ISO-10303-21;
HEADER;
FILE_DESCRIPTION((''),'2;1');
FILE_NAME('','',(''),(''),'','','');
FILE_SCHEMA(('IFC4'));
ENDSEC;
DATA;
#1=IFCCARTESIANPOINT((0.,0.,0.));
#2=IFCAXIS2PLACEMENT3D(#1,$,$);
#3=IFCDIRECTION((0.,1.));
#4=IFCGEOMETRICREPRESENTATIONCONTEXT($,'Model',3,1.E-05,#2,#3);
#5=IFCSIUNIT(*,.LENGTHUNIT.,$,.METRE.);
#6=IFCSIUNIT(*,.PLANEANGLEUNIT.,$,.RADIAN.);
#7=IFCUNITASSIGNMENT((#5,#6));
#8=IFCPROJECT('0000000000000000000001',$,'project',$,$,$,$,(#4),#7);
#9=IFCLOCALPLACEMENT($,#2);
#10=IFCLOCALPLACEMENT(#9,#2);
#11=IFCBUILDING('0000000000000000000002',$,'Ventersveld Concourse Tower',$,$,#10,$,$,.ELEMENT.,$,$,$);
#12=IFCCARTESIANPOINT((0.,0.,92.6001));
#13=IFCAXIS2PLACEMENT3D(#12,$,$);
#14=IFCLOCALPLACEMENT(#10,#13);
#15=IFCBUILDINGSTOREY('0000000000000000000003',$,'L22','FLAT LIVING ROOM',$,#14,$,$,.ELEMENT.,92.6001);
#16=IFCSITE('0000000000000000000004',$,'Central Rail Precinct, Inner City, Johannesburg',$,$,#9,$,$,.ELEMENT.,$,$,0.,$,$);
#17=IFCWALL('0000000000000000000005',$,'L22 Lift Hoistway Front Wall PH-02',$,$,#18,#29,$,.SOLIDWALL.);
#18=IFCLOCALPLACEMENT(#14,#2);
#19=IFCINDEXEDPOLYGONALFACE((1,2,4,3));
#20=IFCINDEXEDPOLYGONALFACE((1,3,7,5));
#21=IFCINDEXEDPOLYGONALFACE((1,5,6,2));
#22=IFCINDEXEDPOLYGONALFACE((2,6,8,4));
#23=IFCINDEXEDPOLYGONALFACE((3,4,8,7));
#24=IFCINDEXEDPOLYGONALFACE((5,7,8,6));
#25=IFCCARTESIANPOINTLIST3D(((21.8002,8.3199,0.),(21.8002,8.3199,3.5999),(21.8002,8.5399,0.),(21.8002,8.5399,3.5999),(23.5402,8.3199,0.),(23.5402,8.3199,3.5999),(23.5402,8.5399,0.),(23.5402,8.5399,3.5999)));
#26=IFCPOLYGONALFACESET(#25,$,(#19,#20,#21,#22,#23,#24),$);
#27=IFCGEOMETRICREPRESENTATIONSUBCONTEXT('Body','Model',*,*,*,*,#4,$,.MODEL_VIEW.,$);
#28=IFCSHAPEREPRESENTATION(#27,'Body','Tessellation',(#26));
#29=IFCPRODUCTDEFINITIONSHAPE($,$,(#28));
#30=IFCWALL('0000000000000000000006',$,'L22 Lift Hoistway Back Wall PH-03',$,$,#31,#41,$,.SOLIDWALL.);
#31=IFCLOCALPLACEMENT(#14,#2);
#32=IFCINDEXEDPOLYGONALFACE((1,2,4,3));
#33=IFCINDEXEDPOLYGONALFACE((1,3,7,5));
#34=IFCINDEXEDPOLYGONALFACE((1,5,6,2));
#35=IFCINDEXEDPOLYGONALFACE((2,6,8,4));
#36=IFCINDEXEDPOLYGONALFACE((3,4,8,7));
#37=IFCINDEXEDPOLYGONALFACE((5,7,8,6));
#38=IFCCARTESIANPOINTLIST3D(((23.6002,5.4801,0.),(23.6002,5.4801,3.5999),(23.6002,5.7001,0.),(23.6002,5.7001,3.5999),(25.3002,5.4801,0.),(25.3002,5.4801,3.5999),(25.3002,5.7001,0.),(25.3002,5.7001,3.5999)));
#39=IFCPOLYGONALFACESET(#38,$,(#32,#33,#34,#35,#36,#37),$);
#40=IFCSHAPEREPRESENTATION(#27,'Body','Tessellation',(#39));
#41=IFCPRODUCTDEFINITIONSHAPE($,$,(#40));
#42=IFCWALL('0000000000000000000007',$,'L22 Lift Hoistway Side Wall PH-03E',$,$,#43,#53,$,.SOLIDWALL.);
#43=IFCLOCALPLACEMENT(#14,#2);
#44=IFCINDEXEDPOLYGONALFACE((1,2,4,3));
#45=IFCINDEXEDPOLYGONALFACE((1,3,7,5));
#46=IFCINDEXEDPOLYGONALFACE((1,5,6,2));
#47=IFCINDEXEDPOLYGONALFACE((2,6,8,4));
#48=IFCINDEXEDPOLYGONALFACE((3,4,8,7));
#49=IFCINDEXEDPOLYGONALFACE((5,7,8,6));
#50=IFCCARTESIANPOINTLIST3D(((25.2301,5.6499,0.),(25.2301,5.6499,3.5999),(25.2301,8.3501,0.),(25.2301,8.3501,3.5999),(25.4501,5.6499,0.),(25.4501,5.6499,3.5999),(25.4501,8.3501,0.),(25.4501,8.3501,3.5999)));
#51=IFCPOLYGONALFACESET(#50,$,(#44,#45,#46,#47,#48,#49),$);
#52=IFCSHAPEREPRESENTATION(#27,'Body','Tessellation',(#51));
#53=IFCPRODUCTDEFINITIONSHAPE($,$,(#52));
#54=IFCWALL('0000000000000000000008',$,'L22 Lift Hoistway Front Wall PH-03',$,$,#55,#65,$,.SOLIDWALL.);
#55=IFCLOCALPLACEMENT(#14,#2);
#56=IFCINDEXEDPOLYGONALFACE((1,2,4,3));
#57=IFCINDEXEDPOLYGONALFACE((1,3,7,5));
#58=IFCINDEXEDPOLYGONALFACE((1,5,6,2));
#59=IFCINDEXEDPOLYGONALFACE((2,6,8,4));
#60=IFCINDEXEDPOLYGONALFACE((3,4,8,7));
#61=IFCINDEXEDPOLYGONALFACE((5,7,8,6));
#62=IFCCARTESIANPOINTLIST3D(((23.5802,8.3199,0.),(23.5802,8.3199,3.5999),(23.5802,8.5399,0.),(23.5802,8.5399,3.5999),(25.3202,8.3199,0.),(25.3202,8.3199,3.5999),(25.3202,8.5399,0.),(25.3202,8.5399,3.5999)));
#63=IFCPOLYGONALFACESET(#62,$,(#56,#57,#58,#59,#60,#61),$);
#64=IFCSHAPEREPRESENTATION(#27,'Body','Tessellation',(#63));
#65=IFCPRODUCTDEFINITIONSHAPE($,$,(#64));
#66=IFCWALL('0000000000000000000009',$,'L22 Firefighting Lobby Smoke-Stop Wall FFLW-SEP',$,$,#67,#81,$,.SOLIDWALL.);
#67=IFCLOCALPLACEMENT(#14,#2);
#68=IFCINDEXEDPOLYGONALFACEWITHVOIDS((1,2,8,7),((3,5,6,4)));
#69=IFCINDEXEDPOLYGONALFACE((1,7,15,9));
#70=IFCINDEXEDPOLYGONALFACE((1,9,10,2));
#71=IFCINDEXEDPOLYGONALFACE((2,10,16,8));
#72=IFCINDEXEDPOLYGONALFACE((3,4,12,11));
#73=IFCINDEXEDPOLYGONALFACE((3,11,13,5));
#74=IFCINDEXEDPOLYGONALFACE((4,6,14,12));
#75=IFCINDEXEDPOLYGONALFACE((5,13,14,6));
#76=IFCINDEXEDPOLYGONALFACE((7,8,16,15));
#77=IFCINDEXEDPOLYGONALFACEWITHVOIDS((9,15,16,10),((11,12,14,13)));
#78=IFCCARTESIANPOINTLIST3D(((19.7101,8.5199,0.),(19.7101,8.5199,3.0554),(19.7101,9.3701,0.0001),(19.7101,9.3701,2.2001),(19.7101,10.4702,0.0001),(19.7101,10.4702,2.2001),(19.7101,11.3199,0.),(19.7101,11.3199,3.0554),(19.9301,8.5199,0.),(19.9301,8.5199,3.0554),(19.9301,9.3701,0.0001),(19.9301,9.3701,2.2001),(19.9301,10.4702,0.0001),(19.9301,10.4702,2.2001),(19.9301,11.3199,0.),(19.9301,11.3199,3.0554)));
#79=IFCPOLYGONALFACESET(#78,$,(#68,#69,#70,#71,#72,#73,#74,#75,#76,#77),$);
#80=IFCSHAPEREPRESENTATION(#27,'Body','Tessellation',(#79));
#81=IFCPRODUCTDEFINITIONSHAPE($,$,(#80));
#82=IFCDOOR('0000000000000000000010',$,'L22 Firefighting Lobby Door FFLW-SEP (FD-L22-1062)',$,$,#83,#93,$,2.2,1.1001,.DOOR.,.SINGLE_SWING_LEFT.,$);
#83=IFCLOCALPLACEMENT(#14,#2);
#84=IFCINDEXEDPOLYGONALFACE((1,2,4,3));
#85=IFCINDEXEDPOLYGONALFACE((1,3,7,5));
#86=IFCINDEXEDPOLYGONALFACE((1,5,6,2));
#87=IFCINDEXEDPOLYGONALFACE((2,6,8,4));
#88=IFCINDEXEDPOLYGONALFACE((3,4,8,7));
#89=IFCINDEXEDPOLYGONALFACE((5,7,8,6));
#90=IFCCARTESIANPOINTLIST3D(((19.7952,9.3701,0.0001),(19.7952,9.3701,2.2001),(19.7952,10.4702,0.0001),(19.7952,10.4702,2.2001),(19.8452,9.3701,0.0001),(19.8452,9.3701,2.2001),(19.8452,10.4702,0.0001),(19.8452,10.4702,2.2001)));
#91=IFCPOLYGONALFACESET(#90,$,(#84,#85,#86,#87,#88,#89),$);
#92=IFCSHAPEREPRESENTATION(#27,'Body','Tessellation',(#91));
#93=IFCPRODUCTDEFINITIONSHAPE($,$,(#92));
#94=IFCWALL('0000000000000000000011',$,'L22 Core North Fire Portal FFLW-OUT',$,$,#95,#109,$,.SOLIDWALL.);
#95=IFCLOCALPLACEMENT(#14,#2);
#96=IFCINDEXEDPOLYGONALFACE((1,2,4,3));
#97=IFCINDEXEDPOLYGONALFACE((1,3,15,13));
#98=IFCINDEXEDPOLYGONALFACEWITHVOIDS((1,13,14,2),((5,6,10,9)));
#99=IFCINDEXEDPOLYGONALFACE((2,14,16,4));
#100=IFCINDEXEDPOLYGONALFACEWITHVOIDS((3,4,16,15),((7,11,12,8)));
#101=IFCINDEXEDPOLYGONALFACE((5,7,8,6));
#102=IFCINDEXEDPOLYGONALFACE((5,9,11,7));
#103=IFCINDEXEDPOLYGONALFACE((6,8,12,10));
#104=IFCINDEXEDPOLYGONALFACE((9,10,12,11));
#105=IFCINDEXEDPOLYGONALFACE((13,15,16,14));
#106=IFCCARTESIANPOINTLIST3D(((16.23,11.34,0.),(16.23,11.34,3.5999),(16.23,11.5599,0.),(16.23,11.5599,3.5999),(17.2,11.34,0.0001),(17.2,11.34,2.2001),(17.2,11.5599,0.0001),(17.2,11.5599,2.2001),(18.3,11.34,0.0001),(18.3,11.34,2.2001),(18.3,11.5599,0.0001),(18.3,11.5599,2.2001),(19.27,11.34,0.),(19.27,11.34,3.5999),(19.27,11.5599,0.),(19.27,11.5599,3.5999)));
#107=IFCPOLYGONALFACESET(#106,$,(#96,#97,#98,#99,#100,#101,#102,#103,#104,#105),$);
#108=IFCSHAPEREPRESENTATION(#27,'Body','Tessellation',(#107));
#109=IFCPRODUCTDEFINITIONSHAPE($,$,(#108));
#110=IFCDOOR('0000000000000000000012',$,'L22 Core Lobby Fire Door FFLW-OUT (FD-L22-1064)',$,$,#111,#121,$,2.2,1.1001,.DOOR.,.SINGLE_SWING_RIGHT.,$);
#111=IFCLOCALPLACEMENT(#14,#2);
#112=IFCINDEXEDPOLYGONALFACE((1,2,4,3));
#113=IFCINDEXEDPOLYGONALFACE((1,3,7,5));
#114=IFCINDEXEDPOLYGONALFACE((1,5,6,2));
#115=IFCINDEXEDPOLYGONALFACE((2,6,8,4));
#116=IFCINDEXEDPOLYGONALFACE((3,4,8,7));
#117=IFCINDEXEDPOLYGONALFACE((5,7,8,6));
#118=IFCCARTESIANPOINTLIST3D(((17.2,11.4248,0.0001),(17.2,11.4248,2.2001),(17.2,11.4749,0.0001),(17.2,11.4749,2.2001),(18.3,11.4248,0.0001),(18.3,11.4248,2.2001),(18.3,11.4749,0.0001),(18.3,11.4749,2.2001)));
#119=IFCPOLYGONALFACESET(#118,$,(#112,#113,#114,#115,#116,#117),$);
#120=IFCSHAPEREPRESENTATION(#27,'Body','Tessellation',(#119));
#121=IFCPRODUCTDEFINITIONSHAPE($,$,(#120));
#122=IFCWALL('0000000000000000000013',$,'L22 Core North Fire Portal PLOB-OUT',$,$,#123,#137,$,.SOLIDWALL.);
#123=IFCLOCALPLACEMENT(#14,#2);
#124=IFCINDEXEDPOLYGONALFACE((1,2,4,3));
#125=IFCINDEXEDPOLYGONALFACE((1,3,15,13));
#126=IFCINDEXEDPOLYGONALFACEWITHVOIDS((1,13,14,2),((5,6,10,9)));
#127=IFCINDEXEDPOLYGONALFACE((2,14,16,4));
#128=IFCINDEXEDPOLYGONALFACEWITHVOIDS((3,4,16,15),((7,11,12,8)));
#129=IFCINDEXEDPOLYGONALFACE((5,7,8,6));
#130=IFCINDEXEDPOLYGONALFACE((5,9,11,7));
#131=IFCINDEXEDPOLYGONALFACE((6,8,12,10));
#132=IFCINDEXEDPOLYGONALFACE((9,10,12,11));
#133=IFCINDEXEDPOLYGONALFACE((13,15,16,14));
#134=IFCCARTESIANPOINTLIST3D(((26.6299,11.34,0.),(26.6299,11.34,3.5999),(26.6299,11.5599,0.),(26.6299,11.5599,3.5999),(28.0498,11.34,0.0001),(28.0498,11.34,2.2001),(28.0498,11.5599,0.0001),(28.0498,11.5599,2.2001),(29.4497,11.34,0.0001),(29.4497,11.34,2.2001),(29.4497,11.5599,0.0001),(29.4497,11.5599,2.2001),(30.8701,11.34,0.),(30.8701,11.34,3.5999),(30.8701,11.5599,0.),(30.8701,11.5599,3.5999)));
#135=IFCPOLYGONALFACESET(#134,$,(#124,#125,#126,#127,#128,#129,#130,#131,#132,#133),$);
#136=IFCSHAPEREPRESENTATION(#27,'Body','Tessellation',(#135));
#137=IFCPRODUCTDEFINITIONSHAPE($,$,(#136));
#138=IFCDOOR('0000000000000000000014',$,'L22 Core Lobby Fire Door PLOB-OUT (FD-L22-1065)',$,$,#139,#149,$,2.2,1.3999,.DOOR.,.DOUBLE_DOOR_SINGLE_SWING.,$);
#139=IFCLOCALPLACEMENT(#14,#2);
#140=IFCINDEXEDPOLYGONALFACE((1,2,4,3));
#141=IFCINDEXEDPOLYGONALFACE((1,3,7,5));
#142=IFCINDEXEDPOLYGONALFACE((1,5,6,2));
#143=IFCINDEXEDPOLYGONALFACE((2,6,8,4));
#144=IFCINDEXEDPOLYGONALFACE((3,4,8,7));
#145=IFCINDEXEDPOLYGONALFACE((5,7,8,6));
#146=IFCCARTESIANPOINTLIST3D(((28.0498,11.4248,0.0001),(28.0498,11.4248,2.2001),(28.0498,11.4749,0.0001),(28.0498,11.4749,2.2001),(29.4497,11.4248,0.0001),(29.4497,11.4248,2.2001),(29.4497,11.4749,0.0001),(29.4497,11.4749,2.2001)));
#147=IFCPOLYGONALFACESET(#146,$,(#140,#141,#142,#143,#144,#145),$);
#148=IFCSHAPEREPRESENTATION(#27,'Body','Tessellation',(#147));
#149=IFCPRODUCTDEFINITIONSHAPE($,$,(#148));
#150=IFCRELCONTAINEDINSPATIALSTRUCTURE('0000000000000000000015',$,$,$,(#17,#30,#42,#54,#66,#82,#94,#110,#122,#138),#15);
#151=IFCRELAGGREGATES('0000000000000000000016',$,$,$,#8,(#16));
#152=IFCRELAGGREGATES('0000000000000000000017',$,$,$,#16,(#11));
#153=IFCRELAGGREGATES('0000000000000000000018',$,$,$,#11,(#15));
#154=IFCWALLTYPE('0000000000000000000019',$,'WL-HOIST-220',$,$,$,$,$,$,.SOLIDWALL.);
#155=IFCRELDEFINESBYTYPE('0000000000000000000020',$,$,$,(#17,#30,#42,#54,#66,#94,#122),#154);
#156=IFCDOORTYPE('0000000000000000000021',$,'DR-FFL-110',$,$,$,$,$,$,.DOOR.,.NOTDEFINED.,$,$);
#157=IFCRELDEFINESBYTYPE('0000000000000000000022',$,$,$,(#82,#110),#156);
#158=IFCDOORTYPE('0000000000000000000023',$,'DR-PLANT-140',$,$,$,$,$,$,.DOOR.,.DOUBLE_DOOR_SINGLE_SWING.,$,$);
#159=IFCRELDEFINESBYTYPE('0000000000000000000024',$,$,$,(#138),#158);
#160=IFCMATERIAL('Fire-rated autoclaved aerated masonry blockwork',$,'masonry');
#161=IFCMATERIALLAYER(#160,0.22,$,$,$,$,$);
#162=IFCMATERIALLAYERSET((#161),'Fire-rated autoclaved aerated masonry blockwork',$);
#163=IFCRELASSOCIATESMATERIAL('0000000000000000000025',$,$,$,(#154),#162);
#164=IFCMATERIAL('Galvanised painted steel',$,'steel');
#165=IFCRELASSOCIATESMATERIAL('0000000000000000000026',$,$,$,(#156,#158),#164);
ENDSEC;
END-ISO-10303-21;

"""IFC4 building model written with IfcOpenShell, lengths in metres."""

from ifc_helpers import new_model, si_unit, direction, frame, frame_2d, origin, place, context, subcontext, project, spatial, rectangle, extrude, material, layer, layer_set, type_object, element, fill, save


model = new_model("IFC4")

# Units and contexts
model_context = context("Model", 3, precision=1e-05, world=origin(), true_north=direction((0.0, 1.0)))
body_context = subcontext(model_context, "Body", "Model", "MODEL_VIEW")
ifc_project = project(units=[si_unit("LENGTHUNIT", "METRE"), si_unit("PLANEANGLEUNIT", "RADIAN")], contexts=[model_context])

# Site, building, storey
site_placement = place(None, origin())
site = spatial("IfcSite", under=ifc_project, at=site_placement, Name="Central Rail Precinct, Inner City, Johannesburg", CompositionType="ELEMENT", RefElevation=0.0)
building_placement = place(site_placement, origin())
building = spatial("IfcBuilding", under=site, at=building_placement, Name="Ventersveld Concourse Tower", CompositionType="ELEMENT")
storey_placement = place(building_placement, frame((0.0, 0.0, 92.6001)))
storey = spatial("IfcBuildingStorey", under=building, at=storey_placement, Name="L22", Description="FLAT LIVING ROOM", CompositionType="ELEMENT", Elevation=92.6001)

# Shared definitions
ifc_material_1 = material(Name="Fire-rated autoclaved aerated masonry blockwork", Category="masonry")
ifc_layer_1 = layer(ifc_material_1, 0.22)
ifc_layer_set_1 = layer_set([ifc_layer_1], Name="Fire-rated autoclaved aerated masonry blockwork")
wall_type_1 = type_object("IfcWallType", Name="WL-HOIST-220", PredefinedType="SOLIDWALL", material=ifc_layer_set_1)

# Walls
wall_1_placement = place(storey_placement, frame((21.8, 8.4299, 0.0), z_axis=(0.0, 0.0, 1.0), x_axis=(1.0, 0.0, 0.0)))
element("IfcWall", 1, at=wall_1_placement, inside=storey, type_object=wall_type_1, Name="L22 Lift Hoistway Front Wall PH-02", PredefinedType="SOLIDWALL", context=body_context, shape_type="SweptSolid", body=[
    extrude(rectangle(XDim=1.74, YDim=0.22, at=frame_2d((0.8701, 0.0))), origin(), (0.0, 0.0, 1.0), 3.5999),
])
wall_2_placement = place(storey_placement, frame((23.6001, 5.5901, 0.0), z_axis=(0.0, 0.0, 1.0), x_axis=(1.0, 0.0, 0.0)))
element("IfcWall", 2, at=wall_2_placement, inside=storey, type_object=wall_type_1, Name="L22 Lift Hoistway Back Wall PH-03", PredefinedType="SOLIDWALL", context=body_context, shape_type="SweptSolid", body=[
    extrude(rectangle(XDim=1.7, YDim=0.22, at=frame_2d((0.8501, 0.0))), origin(), (0.0, 0.0, 1.0), 3.5999),
])
wall_3_placement = place(storey_placement, frame((25.3401, 5.6499, 0.0), z_axis=(0.0, 0.0, 1.0), x_axis=(0.0, 1.0, 0.0)))
element("IfcWall", 3, at=wall_3_placement, inside=storey, type_object=wall_type_1, Name="L22 Lift Hoistway Side Wall PH-03E", PredefinedType="SOLIDWALL", context=body_context, shape_type="SweptSolid", body=[
    extrude(rectangle(XDim=2.7002, YDim=0.22, at=frame_2d((1.3501, 0.0))), origin(), (0.0, 0.0, 1.0), 3.5999),
])
wall_4_placement = place(storey_placement, frame((23.5801, 8.4299, 0.0), z_axis=(0.0, 0.0, 1.0), x_axis=(1.0, 0.0, 0.0)))
element("IfcWall", 4, at=wall_4_placement, inside=storey, type_object=wall_type_1, Name="L22 Lift Hoistway Front Wall PH-03", PredefinedType="SOLIDWALL", context=body_context, shape_type="SweptSolid", body=[
    extrude(rectangle(XDim=1.74, YDim=0.22, at=frame_2d((0.8701, 0.0))), origin(), (0.0, 0.0, 1.0), 3.5999),
])

# Walls, openings, doors
wall_5_placement = place(storey_placement, frame((19.8201, 8.52, 0.0), z_axis=(0.0, 0.0, 1.0), x_axis=(0.0, 1.0, 0.0)))
wall_5 = element("IfcWall", 5, at=wall_5_placement, inside=storey, type_object=wall_type_1, Name="L22 Firefighting Lobby Smoke-Stop Wall FFLW-SEP", PredefinedType="SOLIDWALL", context=body_context, shape_type="SweptSolid", body=[
    extrude(rectangle(XDim=2.8, YDim=0.22, at=frame_2d((1.3999, 0.0))), origin(), (0.0, 0.0, 1.0), 3.0554),
])
opening_1_placement = place(wall_5_placement, frame((0.8501, 0.0, 0.0)))
opening_1 = element("IfcOpeningElement", 6, at=opening_1_placement, cuts=wall_5, PredefinedType="OPENING", context=body_context, shape_type="SweptSolid", body=[
    extrude(rectangle(XDim=1.1001, YDim=2.2, at=frame_2d((0.55, 1.1001))), frame((0.0, 0.1201, 0.0), z_axis=(0.0, -1.0, 0.0), x_axis=(1.0, 0.0, 0.0)), (0.0, 0.0, 1.0), 0.24),
])
ifc_material_2 = material(Name="Galvanised painted steel", Category="steel")
door_type_1 = type_object("IfcDoorType", Name="DR-FFL-110", OperationType="NOTDEFINED", PredefinedType="DOOR", material=ifc_material_2)
door_1_placement = place(opening_1_placement, origin())
door_1 = element("IfcDoor", 7, at=door_1_placement, inside=storey, type_object=door_type_1, Name="L22 Firefighting Lobby Door FFLW-SEP (FD-L22-1062)", OperationType="SINGLE_SWING_LEFT", OverallHeight=2.2, OverallWidth=1.1001, PredefinedType="DOOR", context=body_context, shape_type="SweptSolid", body=[
    extrude(rectangle(XDim=1.1001, YDim=2.2, at=frame_2d((0.55, 1.1001))), frame((0.0, 0.0249, 0.0), z_axis=(0.0, -1.0, 0.0), x_axis=(1.0, 0.0, 0.0)), (0.0, 0.0, 1.0), 0.05),
])
fill(opening_1, door_1)
wall_6_placement = place(storey_placement, frame((16.23, 11.45, 0.0), z_axis=(0.0, 0.0, 1.0), x_axis=(1.0, 0.0, 0.0)))
wall_6 = element("IfcWall", 8, at=wall_6_placement, inside=storey, type_object=wall_type_1, Name="L22 Core North Fire Portal FFLW-OUT", PredefinedType="SOLIDWALL", context=body_context, shape_type="SweptSolid", body=[
    extrude(rectangle(XDim=3.04, YDim=0.22, at=frame_2d((1.52, 0.0))), origin(), (0.0, 0.0, 1.0), 3.5999),
])
opening_2_placement = place(wall_6_placement, frame((0.97, 0.0, 0.0)))
opening_2 = element("IfcOpeningElement", 9, at=opening_2_placement, cuts=wall_6, PredefinedType="OPENING", context=body_context, shape_type="SweptSolid", body=[
    extrude(rectangle(XDim=1.1001, YDim=2.2, at=frame_2d((0.55, 1.1001))), frame((0.0, 0.1201, 0.0), z_axis=(0.0, -1.0, 0.0), x_axis=(1.0, 0.0, 0.0)), (0.0, 0.0, 1.0), 0.24),
])
door_2_placement = place(opening_2_placement, origin())
door_2 = element("IfcDoor", 10, at=door_2_placement, inside=storey, type_object=door_type_1, Name="L22 Core Lobby Fire Door FFLW-OUT (FD-L22-1064)", OperationType="SINGLE_SWING_RIGHT", OverallHeight=2.2, OverallWidth=1.1001, PredefinedType="DOOR", context=body_context, shape_type="SweptSolid", body=[
    extrude(rectangle(XDim=1.1001, YDim=2.2, at=frame_2d((0.55, 1.1001))), frame((0.0, 0.0249, 0.0), z_axis=(0.0, -1.0, 0.0), x_axis=(1.0, 0.0, 0.0)), (0.0, 0.0, 1.0), 0.05),
])
fill(opening_2, door_2)
wall_7_placement = place(storey_placement, frame((26.6299, 11.45, 0.0), z_axis=(0.0, 0.0, 1.0), x_axis=(1.0, 0.0, 0.0)))
wall_7 = element("IfcWall", 11, at=wall_7_placement, inside=storey, type_object=wall_type_1, Name="L22 Core North Fire Portal PLOB-OUT", PredefinedType="SOLIDWALL", context=body_context, shape_type="SweptSolid", body=[
    extrude(rectangle(XDim=4.2402, YDim=0.22, at=frame_2d((2.1201, 0.0))), origin(), (0.0, 0.0, 1.0), 3.5999),
])
opening_3_placement = place(wall_7_placement, frame((1.4199, 0.0, 0.0)))
opening_3 = element("IfcOpeningElement", 12, at=opening_3_placement, cuts=wall_7, PredefinedType="OPENING", context=body_context, shape_type="SweptSolid", body=[
    extrude(rectangle(XDim=1.3999, YDim=2.2, at=frame_2d((0.7, 1.1001))), frame((0.0, 0.1201, 0.0), z_axis=(0.0, -1.0, 0.0), x_axis=(1.0, 0.0, 0.0)), (0.0, 0.0, 1.0), 0.24),
])
door_type_2 = type_object("IfcDoorType", Name="DR-PLANT-140", OperationType="DOUBLE_DOOR_SINGLE_SWING", PredefinedType="DOOR", material=ifc_material_2)
door_3_placement = place(opening_3_placement, origin())
door_3 = element("IfcDoor", 13, at=door_3_placement, inside=storey, type_object=door_type_2, Name="L22 Core Lobby Fire Door PLOB-OUT (FD-L22-1065)", OperationType="DOUBLE_DOOR_SINGLE_SWING", OverallHeight=2.2, OverallWidth=1.3999, PredefinedType="DOOR", context=body_context, shape_type="SweptSolid", body=[
    extrude(rectangle(XDim=1.3999, YDim=2.2, at=frame_2d((0.7, 1.1001))), frame((0.0, 0.0249, 0.0), z_axis=(0.0, -1.0, 0.0), x_axis=(1.0, 0.0, 0.0)), (0.0, 0.0, 1.0), 0.05),
])
fill(opening_3, door_3)

save(model, "model.ifc")
